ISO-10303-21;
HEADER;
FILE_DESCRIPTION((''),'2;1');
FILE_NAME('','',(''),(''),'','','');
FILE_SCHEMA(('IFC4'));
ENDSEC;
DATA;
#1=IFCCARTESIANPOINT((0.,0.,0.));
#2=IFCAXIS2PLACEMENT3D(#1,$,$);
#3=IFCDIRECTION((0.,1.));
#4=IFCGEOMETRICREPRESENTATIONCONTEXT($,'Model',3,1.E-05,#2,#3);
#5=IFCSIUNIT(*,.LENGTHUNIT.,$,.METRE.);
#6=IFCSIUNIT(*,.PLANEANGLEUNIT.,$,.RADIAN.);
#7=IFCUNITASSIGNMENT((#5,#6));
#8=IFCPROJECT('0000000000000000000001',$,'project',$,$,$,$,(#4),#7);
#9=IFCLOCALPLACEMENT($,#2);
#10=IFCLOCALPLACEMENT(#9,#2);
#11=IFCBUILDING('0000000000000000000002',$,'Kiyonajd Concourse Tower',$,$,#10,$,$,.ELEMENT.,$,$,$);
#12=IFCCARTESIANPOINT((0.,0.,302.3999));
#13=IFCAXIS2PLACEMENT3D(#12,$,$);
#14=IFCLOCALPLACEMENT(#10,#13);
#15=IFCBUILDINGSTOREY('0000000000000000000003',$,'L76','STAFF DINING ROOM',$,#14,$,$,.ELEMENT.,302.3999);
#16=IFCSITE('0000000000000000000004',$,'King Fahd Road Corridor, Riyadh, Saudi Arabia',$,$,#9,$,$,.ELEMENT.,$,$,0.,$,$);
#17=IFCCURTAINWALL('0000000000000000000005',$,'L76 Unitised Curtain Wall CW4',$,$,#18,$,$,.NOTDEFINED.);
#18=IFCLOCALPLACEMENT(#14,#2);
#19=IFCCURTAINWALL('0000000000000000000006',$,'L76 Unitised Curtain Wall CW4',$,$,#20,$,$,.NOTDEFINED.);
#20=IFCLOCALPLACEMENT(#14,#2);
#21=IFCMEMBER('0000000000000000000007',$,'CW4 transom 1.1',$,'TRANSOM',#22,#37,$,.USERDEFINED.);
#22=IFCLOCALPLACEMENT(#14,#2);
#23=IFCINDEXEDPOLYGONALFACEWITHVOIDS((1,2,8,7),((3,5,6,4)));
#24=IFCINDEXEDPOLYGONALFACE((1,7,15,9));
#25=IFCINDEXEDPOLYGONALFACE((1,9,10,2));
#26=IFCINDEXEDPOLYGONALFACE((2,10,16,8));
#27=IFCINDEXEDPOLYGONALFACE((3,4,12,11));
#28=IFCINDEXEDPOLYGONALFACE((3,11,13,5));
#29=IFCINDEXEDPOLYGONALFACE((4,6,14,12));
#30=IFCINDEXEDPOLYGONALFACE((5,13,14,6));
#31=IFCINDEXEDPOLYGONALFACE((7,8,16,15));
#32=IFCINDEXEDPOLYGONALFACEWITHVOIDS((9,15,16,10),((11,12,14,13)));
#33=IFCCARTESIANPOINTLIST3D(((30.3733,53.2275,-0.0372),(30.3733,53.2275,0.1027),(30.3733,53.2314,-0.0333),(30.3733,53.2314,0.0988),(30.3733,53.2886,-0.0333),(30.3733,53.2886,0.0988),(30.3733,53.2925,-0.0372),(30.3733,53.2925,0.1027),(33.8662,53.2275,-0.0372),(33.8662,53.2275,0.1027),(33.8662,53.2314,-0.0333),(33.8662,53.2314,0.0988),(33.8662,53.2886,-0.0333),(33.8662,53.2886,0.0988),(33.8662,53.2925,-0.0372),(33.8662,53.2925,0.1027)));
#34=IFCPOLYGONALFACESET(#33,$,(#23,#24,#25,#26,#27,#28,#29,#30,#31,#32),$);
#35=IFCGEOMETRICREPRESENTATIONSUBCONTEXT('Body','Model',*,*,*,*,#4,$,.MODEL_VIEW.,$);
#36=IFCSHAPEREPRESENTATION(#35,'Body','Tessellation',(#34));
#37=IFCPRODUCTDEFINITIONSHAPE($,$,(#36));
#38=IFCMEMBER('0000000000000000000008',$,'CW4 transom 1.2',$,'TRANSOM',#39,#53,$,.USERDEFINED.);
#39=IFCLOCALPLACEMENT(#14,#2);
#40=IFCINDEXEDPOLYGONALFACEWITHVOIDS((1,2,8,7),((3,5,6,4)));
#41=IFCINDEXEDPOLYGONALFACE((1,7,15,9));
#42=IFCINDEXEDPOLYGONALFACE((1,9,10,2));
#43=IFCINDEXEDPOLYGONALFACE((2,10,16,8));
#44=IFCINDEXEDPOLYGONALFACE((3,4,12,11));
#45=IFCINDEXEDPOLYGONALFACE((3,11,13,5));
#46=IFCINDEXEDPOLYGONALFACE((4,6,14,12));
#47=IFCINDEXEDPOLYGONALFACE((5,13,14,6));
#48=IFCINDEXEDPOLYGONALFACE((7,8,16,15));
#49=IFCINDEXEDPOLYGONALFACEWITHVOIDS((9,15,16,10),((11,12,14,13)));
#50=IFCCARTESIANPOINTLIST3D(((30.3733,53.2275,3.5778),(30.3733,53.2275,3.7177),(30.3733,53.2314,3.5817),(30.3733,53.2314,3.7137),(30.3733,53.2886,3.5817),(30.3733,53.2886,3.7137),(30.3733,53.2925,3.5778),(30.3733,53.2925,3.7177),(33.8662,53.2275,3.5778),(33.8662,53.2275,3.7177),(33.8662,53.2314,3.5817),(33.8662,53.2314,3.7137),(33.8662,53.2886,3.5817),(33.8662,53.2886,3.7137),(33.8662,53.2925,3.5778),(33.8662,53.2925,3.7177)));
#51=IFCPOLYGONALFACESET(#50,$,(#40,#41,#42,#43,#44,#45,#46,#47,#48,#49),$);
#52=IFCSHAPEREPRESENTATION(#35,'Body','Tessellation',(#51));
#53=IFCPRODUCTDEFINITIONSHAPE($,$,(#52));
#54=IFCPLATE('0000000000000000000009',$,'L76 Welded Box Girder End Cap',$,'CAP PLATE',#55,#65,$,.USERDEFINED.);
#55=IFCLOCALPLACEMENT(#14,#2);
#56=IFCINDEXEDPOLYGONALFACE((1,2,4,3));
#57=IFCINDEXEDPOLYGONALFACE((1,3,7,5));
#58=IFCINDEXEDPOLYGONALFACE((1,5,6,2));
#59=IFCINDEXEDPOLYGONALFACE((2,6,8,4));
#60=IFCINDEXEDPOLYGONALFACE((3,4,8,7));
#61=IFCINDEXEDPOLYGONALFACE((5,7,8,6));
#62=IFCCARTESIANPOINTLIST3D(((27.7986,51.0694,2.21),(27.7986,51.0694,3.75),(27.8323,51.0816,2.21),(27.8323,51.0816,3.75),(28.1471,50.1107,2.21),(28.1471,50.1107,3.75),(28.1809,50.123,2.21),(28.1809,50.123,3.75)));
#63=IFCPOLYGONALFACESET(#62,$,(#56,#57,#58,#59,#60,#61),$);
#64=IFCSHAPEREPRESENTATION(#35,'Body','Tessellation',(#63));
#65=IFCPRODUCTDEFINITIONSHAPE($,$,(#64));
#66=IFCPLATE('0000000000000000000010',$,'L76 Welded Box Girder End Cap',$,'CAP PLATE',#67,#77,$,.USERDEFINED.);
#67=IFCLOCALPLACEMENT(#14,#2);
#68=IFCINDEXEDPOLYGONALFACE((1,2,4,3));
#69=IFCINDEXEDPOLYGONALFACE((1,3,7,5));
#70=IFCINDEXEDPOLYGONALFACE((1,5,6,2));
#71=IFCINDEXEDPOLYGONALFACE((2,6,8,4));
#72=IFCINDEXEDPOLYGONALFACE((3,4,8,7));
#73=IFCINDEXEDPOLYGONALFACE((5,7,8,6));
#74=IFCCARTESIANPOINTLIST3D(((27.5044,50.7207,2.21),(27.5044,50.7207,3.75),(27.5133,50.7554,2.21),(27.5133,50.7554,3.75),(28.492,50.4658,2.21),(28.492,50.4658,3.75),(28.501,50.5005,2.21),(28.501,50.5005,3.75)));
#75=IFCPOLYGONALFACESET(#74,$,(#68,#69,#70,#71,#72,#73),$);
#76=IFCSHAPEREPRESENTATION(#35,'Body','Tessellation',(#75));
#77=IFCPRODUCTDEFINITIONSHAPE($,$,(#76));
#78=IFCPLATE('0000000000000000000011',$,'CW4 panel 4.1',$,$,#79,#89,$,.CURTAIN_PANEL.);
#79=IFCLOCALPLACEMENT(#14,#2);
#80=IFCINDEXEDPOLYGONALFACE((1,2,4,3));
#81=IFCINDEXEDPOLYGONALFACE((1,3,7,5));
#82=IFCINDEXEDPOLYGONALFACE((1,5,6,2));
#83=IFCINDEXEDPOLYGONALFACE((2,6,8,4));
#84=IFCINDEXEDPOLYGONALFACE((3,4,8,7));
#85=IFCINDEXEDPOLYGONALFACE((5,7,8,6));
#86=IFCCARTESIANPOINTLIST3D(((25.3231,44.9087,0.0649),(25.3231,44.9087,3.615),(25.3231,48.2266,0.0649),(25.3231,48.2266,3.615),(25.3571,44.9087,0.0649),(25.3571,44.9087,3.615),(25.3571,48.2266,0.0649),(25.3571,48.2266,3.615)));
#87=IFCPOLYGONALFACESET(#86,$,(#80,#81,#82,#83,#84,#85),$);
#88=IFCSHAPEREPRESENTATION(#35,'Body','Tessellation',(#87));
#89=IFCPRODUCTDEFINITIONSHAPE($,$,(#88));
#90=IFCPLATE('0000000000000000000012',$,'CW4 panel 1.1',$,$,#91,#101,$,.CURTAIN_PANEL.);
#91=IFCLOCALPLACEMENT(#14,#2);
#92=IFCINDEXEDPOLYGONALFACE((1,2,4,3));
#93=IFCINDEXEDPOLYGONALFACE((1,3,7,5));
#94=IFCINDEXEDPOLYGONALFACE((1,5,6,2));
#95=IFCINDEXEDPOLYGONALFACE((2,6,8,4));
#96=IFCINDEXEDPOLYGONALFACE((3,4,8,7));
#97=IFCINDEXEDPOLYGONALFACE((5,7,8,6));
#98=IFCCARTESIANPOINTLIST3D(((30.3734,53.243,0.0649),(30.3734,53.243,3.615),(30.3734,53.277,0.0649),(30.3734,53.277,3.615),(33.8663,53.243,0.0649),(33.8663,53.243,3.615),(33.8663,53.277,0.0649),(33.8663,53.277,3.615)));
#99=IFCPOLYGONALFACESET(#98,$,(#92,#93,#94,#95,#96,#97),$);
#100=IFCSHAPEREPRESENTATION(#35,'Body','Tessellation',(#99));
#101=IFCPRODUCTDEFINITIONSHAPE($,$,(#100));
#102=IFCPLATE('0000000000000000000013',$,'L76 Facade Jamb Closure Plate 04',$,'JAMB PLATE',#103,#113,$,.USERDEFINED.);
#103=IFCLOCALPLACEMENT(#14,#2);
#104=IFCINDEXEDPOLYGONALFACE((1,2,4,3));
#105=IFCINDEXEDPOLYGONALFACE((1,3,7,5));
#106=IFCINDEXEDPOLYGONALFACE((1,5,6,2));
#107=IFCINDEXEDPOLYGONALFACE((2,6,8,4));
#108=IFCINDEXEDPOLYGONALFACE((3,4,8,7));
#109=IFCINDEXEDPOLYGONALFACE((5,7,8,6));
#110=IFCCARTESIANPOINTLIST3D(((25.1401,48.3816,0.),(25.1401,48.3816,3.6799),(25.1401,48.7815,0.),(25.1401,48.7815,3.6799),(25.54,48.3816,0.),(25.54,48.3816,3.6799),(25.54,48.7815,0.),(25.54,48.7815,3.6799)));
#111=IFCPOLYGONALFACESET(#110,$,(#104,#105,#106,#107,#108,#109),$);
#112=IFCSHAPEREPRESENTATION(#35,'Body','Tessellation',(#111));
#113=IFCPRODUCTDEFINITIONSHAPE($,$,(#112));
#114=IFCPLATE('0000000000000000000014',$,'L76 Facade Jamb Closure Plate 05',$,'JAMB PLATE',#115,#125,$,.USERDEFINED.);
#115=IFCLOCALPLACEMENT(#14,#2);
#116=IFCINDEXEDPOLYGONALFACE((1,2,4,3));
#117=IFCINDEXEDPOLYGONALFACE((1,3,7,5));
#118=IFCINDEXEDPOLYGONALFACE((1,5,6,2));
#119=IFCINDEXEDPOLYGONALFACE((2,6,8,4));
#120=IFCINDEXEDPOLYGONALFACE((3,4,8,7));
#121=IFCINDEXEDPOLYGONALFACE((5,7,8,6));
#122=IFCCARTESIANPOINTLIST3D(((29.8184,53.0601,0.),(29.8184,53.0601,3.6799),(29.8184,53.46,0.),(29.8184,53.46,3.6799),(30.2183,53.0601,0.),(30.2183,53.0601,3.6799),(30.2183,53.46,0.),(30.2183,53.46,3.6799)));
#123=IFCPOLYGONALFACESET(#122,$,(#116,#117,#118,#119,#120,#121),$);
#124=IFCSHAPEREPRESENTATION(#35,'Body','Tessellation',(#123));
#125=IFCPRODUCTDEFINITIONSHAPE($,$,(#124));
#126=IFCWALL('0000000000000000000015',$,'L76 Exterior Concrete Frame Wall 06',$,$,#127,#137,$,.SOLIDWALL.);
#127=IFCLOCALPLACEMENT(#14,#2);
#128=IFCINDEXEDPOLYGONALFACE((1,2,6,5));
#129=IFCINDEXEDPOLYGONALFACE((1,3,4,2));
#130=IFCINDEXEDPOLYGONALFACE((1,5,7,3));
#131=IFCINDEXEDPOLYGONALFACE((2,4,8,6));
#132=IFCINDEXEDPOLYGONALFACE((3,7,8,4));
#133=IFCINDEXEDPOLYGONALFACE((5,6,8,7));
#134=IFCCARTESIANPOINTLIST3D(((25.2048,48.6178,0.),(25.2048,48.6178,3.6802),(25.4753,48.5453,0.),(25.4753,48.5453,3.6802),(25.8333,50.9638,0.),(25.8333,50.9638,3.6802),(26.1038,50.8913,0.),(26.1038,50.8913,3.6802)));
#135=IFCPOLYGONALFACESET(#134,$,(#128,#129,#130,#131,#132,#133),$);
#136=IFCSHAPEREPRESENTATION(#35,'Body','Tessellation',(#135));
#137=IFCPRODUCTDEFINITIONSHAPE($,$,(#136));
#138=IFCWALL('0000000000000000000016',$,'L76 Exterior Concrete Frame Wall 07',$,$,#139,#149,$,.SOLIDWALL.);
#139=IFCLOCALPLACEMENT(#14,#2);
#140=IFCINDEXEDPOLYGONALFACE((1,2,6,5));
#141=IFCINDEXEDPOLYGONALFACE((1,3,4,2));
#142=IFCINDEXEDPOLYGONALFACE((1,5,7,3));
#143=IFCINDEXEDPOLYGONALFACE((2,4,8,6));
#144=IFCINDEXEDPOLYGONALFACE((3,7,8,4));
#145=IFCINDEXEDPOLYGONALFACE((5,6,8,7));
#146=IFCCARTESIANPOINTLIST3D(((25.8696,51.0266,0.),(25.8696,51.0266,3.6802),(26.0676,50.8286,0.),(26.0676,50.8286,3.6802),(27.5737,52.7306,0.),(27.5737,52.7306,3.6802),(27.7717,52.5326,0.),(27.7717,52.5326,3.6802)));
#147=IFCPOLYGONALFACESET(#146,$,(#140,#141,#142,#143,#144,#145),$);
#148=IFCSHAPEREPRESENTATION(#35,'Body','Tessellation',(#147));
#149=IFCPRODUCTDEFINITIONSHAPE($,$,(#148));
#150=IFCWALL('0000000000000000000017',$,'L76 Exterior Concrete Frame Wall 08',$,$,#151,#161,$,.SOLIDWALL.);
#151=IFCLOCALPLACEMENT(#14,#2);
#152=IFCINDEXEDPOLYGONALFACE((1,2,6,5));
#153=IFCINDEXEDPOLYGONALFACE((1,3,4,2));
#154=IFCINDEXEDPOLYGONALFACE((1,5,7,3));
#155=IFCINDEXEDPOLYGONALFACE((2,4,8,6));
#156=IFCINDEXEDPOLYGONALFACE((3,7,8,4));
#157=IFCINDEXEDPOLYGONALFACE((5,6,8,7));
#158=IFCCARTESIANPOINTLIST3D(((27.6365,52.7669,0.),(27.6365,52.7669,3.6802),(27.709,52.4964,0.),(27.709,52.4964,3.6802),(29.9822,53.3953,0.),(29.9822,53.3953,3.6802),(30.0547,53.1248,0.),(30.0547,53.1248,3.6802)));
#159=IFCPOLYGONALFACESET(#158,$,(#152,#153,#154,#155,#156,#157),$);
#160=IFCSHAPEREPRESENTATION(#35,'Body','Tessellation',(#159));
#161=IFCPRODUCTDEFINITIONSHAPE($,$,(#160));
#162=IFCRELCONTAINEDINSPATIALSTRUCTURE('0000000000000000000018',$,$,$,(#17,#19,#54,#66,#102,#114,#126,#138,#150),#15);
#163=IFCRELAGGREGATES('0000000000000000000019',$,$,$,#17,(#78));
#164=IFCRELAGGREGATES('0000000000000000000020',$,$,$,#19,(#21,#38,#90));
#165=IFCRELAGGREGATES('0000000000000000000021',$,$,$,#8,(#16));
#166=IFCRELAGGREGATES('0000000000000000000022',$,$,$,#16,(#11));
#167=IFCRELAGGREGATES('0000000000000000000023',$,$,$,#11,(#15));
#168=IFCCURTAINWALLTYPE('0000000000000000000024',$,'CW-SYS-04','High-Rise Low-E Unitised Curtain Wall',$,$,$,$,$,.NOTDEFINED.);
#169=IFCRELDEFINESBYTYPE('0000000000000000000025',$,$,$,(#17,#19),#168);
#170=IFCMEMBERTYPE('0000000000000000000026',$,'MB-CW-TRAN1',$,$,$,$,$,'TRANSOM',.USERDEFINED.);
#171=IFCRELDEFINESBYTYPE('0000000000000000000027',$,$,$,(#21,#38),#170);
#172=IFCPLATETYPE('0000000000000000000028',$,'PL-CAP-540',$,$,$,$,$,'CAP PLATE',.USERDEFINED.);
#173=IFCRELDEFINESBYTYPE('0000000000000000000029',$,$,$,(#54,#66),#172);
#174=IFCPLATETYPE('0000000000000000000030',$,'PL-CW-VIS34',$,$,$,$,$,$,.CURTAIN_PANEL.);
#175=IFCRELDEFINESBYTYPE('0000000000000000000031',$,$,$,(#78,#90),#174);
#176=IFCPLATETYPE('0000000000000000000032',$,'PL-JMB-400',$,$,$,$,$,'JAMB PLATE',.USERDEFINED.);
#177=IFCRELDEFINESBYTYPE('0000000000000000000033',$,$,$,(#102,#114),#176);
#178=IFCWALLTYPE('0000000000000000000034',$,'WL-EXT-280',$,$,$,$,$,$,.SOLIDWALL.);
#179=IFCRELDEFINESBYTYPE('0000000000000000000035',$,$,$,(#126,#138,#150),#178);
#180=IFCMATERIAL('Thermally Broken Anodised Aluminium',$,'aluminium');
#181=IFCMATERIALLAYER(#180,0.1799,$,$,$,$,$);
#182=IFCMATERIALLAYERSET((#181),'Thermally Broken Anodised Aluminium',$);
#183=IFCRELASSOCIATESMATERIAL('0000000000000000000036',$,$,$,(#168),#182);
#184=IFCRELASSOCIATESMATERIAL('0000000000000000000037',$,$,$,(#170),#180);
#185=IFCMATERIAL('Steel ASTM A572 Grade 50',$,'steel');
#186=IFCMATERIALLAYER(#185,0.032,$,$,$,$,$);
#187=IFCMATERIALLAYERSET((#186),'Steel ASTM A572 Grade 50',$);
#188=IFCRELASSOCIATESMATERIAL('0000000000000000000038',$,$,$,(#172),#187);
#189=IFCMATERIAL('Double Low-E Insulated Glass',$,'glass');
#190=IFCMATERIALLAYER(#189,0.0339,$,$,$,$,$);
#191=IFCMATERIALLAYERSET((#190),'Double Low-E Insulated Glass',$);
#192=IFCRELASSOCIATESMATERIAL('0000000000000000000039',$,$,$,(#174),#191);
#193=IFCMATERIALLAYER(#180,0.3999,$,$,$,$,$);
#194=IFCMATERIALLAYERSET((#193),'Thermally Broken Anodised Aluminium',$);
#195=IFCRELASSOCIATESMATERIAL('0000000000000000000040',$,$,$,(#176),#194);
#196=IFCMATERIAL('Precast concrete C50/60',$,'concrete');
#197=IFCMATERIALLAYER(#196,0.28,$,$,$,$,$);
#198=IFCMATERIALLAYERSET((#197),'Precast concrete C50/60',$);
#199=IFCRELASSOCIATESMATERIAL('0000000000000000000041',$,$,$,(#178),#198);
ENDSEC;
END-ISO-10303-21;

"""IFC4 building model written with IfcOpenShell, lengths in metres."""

from ifc_helpers import new_model, si_unit, direction, frame, frame_2d, origin, origin_2d, place, context, subcontext, project, spatial, rectangle, hollow_rectangle, extrude, material, layer, layer_set, material_profile, profile_set, type_object, element, aggregate, save


model = new_model("IFC4")

# Units and contexts
model_context = context("Model", 3, precision=1e-05, world=origin(), true_north=direction((0.0, 1.0)))
body_context = subcontext(model_context, "Body", "Model", "MODEL_VIEW")
ifc_project = project(units=[si_unit("LENGTHUNIT", "METRE"), si_unit("PLANEANGLEUNIT", "RADIAN")], contexts=[model_context])

# Site, building, storey
site_placement = place(None, origin())
site = spatial("IfcSite", under=ifc_project, at=site_placement, Name="King Fahd Road Corridor, Riyadh, Saudi Arabia", CompositionType="ELEMENT", RefElevation=0.0)
building_placement = place(site_placement, origin())
building = spatial("IfcBuilding", under=site, at=building_placement, Name="Kiyonajd Concourse Tower", CompositionType="ELEMENT")
storey_placement = place(building_placement, frame((0.0, 0.0, 302.3999)))
storey = spatial("IfcBuildingStorey", under=building, at=storey_placement, Name="L76", Description="STAFF DINING ROOM", CompositionType="ELEMENT", Elevation=302.3999)

# Shared definitions
ifc_material_1 = material(Name="Steel ASTM A572 Grade 50", Category="steel")

# Curtain wall
ifc_material_2 = material(Name="Thermally Broken Anodised Aluminium", Category="aluminium")
ifc_layer_1 = layer(ifc_material_2, 0.1799)
ifc_layer_set_1 = layer_set([ifc_layer_1], Name="Thermally Broken Anodised Aluminium")
curtain_wall_type = type_object("IfcCurtainWallType", Name="CW-SYS-04", Description="High-Rise Low-E Unitised Curtain Wall", PredefinedType="NOTDEFINED", material=ifc_layer_set_1)
curtain_wall_1_placement = place(storey_placement, origin())
curtain_wall_1 = element("IfcCurtainWall", 1, at=curtain_wall_1_placement, inside=storey, type_object=curtain_wall_type, Name="L76 Unitised Curtain Wall CW4", PredefinedType="NOTDEFINED")

# Curtain wall
curtain_wall_2_placement = place(storey_placement, origin())
curtain_wall_2 = element("IfcCurtainWall", 2, at=curtain_wall_2_placement, inside=storey, type_object=curtain_wall_type, Name="L76 Unitised Curtain Wall CW4", PredefinedType="NOTDEFINED")

# Members
ifc_material_profile_1 = material_profile(ifc_material_2, hollow_rectangle(XDim=0.0649, YDim=0.1399, WallThickness=0.0039, at=origin_2d()), Name="TRAN-65x140")
ifc_profile_set_1 = profile_set([ifc_material_profile_1], Name="Thermally Broken Anodised Aluminium")
member_type_1 = type_object("IfcMemberType", Name="MB-CW-TRAN1", ElementType="TRANSOM", PredefinedType="USERDEFINED", material=ifc_profile_set_1)
member_1_placement = place(storey_placement, frame((30.3733, 53.26, 0.0327), z_axis=(1.0, 0.0, 0.0), x_axis=(0.0, 1.0, 0.0)))
member_1 = element("IfcMember", 3, at=member_1_placement, type_object=member_type_1, Name="CW4 transom 1.1", ObjectType="TRANSOM", PredefinedType="USERDEFINED", context=body_context, shape_type="SweptSolid", body=[
    extrude(hollow_rectangle(XDim=0.0649, YDim=0.1399, WallThickness=0.0039, at=origin_2d()), origin(), (0.0, 0.0, 1.0), 3.4929),
])
member_2_placement = place(storey_placement, frame((30.3733, 53.26, 3.6477), z_axis=(1.0, 0.0, 0.0), x_axis=(0.0, 1.0, 0.0)))
member_2 = element("IfcMember", 4, at=member_2_placement, type_object=member_type_1, Name="CW4 transom 1.2", ObjectType="TRANSOM", PredefinedType="USERDEFINED", context=body_context, shape_type="SweptSolid", body=[
    extrude(hollow_rectangle(XDim=0.0649, YDim=0.1399, WallThickness=0.0039, at=origin_2d()), origin(), (0.0, 0.0, 1.0), 3.4929),
])

# Plates
ifc_layer_2 = layer(ifc_material_1, 0.032)
ifc_layer_set_2 = layer_set([ifc_layer_2], Name="Steel ASTM A572 Grade 50")
plate_type_1 = type_object("IfcPlateType", Name="PL-CAP-540", ElementType="CAP PLATE", PredefinedType="USERDEFINED", material=ifc_layer_set_2)
for number, where, z_axis, x_axis, name in (
    (5, (27.9897, 50.5962, 2.21), (0.0, 0.0, 1.0), (-0.939812, -0.341692, 0.0), "L76 Welded Box Girder End Cap"),
    (6, (28.0027, 50.6106, 2.21), (0.0, 0.0, 1.0), (0.249873, 0.968279, 0.0), "L76 Welded Box Girder End Cap"),
):
    element("IfcPlate", number, at=place(storey_placement, frame(where, z_axis=z_axis, x_axis=x_axis)), inside=storey, type_object=plate_type_1, Name=name, ObjectType="CAP PLATE", PredefinedType="USERDEFINED", context=body_context, shape_type="SweptSolid", body=[
        extrude(rectangle(XDim=0.0359, YDim=1.02, at=origin_2d()), origin(), (0.0, 0.0, 1.0), 1.54),
    ])

# Plates
ifc_material_3 = material(Name="Double Low-E Insulated Glass", Category="glass")
ifc_layer_3 = layer(ifc_material_3, 0.0339)
ifc_layer_set_3 = layer_set([ifc_layer_3], Name="Double Low-E Insulated Glass")
plate_type_2 = type_object("IfcPlateType", Name="PL-CW-VIS34", PredefinedType="CURTAIN_PANEL", material=ifc_layer_set_3)
plate_1_placement = place(storey_placement, frame((25.3401, 46.5676, 0.0649), z_axis=(0.0, 0.0, 1.0), x_axis=(0.0, 1.0, 0.0)))
plate_1 = element("IfcPlate", 7, at=plate_1_placement, type_object=plate_type_2, Name="CW4 panel 4.1", PredefinedType="CURTAIN_PANEL", context=body_context, shape_type="SweptSolid", body=[
    extrude(rectangle(XDim=3.3179, YDim=0.0339, at=origin_2d()), origin(), (0.0, 0.0, 1.0), 3.55),
])
aggregate(curtain_wall_1, [plate_1])
plate_2_placement = place(storey_placement, frame((32.1199, 53.26, 0.0649), z_axis=(0.0, 0.0, 1.0), x_axis=(1.0, 0.0, 0.0)))
plate_2 = element("IfcPlate", 8, at=plate_2_placement, type_object=plate_type_2, Name="CW4 panel 1.1", PredefinedType="CURTAIN_PANEL", context=body_context, shape_type="SweptSolid", body=[
    extrude(rectangle(XDim=3.4929, YDim=0.0339, at=origin_2d()), origin(), (0.0, 0.0, 1.0), 3.55),
])
aggregate(curtain_wall_2, [member_1, member_2, plate_2])

# Plates
ifc_layer_4 = layer(ifc_material_2, 0.3999)
ifc_layer_set_4 = layer_set([ifc_layer_4], Name="Thermally Broken Anodised Aluminium")
plate_type_3 = type_object("IfcPlateType", Name="PL-JMB-400", ElementType="JAMB PLATE", PredefinedType="USERDEFINED", material=ifc_layer_set_4)
for number, where, z_axis, x_axis, name in (
    (9, (25.3401, 48.5815, 0.0), (0.0, 0.0, 1.0), (1.0, 0.0, 0.0), "L76 Facade Jamb Closure Plate 04"),
    (10, (30.0183, 53.26, 0.0), (0.0, 0.0, 1.0), (1.0, 0.0, 0.0), "L76 Facade Jamb Closure Plate 05"),
):
    element("IfcPlate", number, at=place(storey_placement, frame(where, z_axis=z_axis, x_axis=x_axis)), inside=storey, type_object=plate_type_3, Name=name, ObjectType="JAMB PLATE", PredefinedType="USERDEFINED", context=body_context, shape_type="SweptSolid", body=[
        extrude(rectangle(XDim=0.3999, YDim=0.3999, at=origin_2d()), origin(), (0.0, 0.0, 1.0), 3.6799),
    ])

# Walls
ifc_material_4 = material(Name="Precast concrete C50/60", Category="concrete")
ifc_layer_5 = layer(ifc_material_4, 0.28)
ifc_layer_set_5 = layer_set([ifc_layer_5], Name="Precast concrete C50/60")
wall_type_1 = type_object("IfcWallType", Name="WL-EXT-280", PredefinedType="SOLIDWALL", material=ifc_layer_set_5)
wall_1_placement = place(storey_placement, frame((25.3401, 48.5815, 0.0), z_axis=(0.0, 0.0, 1.0), x_axis=(0.258751, 0.965944, 0.0)))
element("IfcWall", 11, at=wall_1_placement, inside=storey, type_object=wall_type_1, Name="L76 Exterior Concrete Frame Wall 06", PredefinedType="SOLIDWALL", context=body_context, shape_type="SweptSolid", body=[
    extrude(rectangle(XDim=2.4287, YDim=0.28, at=frame_2d((1.2144, 0.0))), origin(), (0.0, 0.0, 1.0), 3.6802),
])
wall_2_placement = place(storey_placement, frame((25.9685, 50.9275, 0.0), z_axis=(0.0, 0.0, 1.0), x_axis=(0.707107, 0.707107, 0.0)))
element("IfcWall", 12, at=wall_2_placement, inside=storey, type_object=wall_type_1, Name="L76 Exterior Concrete Frame Wall 07", PredefinedType="SOLIDWALL", context=body_context, shape_type="SweptSolid", body=[
    extrude(rectangle(XDim=2.4099, YDim=0.28, at=frame_2d((1.2051, 0.0))), origin(), (0.0, 0.0, 1.0), 3.6802),
])
wall_3_placement = place(storey_placement, frame((27.6726, 52.6316, 0.0), z_axis=(0.0, 0.0, 1.0), x_axis=(0.965937, 0.258776, 0.0)))
element("IfcWall", 13, at=wall_3_placement, inside=storey, type_object=wall_type_1, Name="L76 Exterior Concrete Frame Wall 08", PredefinedType="SOLIDWALL", context=body_context, shape_type="SweptSolid", body=[
    extrude(rectangle(XDim=2.4285, YDim=0.28, at=frame_2d((1.2144, 0.0))), origin(), (0.0, 0.0, 1.0), 3.6802),
])

save(model, "model.ifc")
